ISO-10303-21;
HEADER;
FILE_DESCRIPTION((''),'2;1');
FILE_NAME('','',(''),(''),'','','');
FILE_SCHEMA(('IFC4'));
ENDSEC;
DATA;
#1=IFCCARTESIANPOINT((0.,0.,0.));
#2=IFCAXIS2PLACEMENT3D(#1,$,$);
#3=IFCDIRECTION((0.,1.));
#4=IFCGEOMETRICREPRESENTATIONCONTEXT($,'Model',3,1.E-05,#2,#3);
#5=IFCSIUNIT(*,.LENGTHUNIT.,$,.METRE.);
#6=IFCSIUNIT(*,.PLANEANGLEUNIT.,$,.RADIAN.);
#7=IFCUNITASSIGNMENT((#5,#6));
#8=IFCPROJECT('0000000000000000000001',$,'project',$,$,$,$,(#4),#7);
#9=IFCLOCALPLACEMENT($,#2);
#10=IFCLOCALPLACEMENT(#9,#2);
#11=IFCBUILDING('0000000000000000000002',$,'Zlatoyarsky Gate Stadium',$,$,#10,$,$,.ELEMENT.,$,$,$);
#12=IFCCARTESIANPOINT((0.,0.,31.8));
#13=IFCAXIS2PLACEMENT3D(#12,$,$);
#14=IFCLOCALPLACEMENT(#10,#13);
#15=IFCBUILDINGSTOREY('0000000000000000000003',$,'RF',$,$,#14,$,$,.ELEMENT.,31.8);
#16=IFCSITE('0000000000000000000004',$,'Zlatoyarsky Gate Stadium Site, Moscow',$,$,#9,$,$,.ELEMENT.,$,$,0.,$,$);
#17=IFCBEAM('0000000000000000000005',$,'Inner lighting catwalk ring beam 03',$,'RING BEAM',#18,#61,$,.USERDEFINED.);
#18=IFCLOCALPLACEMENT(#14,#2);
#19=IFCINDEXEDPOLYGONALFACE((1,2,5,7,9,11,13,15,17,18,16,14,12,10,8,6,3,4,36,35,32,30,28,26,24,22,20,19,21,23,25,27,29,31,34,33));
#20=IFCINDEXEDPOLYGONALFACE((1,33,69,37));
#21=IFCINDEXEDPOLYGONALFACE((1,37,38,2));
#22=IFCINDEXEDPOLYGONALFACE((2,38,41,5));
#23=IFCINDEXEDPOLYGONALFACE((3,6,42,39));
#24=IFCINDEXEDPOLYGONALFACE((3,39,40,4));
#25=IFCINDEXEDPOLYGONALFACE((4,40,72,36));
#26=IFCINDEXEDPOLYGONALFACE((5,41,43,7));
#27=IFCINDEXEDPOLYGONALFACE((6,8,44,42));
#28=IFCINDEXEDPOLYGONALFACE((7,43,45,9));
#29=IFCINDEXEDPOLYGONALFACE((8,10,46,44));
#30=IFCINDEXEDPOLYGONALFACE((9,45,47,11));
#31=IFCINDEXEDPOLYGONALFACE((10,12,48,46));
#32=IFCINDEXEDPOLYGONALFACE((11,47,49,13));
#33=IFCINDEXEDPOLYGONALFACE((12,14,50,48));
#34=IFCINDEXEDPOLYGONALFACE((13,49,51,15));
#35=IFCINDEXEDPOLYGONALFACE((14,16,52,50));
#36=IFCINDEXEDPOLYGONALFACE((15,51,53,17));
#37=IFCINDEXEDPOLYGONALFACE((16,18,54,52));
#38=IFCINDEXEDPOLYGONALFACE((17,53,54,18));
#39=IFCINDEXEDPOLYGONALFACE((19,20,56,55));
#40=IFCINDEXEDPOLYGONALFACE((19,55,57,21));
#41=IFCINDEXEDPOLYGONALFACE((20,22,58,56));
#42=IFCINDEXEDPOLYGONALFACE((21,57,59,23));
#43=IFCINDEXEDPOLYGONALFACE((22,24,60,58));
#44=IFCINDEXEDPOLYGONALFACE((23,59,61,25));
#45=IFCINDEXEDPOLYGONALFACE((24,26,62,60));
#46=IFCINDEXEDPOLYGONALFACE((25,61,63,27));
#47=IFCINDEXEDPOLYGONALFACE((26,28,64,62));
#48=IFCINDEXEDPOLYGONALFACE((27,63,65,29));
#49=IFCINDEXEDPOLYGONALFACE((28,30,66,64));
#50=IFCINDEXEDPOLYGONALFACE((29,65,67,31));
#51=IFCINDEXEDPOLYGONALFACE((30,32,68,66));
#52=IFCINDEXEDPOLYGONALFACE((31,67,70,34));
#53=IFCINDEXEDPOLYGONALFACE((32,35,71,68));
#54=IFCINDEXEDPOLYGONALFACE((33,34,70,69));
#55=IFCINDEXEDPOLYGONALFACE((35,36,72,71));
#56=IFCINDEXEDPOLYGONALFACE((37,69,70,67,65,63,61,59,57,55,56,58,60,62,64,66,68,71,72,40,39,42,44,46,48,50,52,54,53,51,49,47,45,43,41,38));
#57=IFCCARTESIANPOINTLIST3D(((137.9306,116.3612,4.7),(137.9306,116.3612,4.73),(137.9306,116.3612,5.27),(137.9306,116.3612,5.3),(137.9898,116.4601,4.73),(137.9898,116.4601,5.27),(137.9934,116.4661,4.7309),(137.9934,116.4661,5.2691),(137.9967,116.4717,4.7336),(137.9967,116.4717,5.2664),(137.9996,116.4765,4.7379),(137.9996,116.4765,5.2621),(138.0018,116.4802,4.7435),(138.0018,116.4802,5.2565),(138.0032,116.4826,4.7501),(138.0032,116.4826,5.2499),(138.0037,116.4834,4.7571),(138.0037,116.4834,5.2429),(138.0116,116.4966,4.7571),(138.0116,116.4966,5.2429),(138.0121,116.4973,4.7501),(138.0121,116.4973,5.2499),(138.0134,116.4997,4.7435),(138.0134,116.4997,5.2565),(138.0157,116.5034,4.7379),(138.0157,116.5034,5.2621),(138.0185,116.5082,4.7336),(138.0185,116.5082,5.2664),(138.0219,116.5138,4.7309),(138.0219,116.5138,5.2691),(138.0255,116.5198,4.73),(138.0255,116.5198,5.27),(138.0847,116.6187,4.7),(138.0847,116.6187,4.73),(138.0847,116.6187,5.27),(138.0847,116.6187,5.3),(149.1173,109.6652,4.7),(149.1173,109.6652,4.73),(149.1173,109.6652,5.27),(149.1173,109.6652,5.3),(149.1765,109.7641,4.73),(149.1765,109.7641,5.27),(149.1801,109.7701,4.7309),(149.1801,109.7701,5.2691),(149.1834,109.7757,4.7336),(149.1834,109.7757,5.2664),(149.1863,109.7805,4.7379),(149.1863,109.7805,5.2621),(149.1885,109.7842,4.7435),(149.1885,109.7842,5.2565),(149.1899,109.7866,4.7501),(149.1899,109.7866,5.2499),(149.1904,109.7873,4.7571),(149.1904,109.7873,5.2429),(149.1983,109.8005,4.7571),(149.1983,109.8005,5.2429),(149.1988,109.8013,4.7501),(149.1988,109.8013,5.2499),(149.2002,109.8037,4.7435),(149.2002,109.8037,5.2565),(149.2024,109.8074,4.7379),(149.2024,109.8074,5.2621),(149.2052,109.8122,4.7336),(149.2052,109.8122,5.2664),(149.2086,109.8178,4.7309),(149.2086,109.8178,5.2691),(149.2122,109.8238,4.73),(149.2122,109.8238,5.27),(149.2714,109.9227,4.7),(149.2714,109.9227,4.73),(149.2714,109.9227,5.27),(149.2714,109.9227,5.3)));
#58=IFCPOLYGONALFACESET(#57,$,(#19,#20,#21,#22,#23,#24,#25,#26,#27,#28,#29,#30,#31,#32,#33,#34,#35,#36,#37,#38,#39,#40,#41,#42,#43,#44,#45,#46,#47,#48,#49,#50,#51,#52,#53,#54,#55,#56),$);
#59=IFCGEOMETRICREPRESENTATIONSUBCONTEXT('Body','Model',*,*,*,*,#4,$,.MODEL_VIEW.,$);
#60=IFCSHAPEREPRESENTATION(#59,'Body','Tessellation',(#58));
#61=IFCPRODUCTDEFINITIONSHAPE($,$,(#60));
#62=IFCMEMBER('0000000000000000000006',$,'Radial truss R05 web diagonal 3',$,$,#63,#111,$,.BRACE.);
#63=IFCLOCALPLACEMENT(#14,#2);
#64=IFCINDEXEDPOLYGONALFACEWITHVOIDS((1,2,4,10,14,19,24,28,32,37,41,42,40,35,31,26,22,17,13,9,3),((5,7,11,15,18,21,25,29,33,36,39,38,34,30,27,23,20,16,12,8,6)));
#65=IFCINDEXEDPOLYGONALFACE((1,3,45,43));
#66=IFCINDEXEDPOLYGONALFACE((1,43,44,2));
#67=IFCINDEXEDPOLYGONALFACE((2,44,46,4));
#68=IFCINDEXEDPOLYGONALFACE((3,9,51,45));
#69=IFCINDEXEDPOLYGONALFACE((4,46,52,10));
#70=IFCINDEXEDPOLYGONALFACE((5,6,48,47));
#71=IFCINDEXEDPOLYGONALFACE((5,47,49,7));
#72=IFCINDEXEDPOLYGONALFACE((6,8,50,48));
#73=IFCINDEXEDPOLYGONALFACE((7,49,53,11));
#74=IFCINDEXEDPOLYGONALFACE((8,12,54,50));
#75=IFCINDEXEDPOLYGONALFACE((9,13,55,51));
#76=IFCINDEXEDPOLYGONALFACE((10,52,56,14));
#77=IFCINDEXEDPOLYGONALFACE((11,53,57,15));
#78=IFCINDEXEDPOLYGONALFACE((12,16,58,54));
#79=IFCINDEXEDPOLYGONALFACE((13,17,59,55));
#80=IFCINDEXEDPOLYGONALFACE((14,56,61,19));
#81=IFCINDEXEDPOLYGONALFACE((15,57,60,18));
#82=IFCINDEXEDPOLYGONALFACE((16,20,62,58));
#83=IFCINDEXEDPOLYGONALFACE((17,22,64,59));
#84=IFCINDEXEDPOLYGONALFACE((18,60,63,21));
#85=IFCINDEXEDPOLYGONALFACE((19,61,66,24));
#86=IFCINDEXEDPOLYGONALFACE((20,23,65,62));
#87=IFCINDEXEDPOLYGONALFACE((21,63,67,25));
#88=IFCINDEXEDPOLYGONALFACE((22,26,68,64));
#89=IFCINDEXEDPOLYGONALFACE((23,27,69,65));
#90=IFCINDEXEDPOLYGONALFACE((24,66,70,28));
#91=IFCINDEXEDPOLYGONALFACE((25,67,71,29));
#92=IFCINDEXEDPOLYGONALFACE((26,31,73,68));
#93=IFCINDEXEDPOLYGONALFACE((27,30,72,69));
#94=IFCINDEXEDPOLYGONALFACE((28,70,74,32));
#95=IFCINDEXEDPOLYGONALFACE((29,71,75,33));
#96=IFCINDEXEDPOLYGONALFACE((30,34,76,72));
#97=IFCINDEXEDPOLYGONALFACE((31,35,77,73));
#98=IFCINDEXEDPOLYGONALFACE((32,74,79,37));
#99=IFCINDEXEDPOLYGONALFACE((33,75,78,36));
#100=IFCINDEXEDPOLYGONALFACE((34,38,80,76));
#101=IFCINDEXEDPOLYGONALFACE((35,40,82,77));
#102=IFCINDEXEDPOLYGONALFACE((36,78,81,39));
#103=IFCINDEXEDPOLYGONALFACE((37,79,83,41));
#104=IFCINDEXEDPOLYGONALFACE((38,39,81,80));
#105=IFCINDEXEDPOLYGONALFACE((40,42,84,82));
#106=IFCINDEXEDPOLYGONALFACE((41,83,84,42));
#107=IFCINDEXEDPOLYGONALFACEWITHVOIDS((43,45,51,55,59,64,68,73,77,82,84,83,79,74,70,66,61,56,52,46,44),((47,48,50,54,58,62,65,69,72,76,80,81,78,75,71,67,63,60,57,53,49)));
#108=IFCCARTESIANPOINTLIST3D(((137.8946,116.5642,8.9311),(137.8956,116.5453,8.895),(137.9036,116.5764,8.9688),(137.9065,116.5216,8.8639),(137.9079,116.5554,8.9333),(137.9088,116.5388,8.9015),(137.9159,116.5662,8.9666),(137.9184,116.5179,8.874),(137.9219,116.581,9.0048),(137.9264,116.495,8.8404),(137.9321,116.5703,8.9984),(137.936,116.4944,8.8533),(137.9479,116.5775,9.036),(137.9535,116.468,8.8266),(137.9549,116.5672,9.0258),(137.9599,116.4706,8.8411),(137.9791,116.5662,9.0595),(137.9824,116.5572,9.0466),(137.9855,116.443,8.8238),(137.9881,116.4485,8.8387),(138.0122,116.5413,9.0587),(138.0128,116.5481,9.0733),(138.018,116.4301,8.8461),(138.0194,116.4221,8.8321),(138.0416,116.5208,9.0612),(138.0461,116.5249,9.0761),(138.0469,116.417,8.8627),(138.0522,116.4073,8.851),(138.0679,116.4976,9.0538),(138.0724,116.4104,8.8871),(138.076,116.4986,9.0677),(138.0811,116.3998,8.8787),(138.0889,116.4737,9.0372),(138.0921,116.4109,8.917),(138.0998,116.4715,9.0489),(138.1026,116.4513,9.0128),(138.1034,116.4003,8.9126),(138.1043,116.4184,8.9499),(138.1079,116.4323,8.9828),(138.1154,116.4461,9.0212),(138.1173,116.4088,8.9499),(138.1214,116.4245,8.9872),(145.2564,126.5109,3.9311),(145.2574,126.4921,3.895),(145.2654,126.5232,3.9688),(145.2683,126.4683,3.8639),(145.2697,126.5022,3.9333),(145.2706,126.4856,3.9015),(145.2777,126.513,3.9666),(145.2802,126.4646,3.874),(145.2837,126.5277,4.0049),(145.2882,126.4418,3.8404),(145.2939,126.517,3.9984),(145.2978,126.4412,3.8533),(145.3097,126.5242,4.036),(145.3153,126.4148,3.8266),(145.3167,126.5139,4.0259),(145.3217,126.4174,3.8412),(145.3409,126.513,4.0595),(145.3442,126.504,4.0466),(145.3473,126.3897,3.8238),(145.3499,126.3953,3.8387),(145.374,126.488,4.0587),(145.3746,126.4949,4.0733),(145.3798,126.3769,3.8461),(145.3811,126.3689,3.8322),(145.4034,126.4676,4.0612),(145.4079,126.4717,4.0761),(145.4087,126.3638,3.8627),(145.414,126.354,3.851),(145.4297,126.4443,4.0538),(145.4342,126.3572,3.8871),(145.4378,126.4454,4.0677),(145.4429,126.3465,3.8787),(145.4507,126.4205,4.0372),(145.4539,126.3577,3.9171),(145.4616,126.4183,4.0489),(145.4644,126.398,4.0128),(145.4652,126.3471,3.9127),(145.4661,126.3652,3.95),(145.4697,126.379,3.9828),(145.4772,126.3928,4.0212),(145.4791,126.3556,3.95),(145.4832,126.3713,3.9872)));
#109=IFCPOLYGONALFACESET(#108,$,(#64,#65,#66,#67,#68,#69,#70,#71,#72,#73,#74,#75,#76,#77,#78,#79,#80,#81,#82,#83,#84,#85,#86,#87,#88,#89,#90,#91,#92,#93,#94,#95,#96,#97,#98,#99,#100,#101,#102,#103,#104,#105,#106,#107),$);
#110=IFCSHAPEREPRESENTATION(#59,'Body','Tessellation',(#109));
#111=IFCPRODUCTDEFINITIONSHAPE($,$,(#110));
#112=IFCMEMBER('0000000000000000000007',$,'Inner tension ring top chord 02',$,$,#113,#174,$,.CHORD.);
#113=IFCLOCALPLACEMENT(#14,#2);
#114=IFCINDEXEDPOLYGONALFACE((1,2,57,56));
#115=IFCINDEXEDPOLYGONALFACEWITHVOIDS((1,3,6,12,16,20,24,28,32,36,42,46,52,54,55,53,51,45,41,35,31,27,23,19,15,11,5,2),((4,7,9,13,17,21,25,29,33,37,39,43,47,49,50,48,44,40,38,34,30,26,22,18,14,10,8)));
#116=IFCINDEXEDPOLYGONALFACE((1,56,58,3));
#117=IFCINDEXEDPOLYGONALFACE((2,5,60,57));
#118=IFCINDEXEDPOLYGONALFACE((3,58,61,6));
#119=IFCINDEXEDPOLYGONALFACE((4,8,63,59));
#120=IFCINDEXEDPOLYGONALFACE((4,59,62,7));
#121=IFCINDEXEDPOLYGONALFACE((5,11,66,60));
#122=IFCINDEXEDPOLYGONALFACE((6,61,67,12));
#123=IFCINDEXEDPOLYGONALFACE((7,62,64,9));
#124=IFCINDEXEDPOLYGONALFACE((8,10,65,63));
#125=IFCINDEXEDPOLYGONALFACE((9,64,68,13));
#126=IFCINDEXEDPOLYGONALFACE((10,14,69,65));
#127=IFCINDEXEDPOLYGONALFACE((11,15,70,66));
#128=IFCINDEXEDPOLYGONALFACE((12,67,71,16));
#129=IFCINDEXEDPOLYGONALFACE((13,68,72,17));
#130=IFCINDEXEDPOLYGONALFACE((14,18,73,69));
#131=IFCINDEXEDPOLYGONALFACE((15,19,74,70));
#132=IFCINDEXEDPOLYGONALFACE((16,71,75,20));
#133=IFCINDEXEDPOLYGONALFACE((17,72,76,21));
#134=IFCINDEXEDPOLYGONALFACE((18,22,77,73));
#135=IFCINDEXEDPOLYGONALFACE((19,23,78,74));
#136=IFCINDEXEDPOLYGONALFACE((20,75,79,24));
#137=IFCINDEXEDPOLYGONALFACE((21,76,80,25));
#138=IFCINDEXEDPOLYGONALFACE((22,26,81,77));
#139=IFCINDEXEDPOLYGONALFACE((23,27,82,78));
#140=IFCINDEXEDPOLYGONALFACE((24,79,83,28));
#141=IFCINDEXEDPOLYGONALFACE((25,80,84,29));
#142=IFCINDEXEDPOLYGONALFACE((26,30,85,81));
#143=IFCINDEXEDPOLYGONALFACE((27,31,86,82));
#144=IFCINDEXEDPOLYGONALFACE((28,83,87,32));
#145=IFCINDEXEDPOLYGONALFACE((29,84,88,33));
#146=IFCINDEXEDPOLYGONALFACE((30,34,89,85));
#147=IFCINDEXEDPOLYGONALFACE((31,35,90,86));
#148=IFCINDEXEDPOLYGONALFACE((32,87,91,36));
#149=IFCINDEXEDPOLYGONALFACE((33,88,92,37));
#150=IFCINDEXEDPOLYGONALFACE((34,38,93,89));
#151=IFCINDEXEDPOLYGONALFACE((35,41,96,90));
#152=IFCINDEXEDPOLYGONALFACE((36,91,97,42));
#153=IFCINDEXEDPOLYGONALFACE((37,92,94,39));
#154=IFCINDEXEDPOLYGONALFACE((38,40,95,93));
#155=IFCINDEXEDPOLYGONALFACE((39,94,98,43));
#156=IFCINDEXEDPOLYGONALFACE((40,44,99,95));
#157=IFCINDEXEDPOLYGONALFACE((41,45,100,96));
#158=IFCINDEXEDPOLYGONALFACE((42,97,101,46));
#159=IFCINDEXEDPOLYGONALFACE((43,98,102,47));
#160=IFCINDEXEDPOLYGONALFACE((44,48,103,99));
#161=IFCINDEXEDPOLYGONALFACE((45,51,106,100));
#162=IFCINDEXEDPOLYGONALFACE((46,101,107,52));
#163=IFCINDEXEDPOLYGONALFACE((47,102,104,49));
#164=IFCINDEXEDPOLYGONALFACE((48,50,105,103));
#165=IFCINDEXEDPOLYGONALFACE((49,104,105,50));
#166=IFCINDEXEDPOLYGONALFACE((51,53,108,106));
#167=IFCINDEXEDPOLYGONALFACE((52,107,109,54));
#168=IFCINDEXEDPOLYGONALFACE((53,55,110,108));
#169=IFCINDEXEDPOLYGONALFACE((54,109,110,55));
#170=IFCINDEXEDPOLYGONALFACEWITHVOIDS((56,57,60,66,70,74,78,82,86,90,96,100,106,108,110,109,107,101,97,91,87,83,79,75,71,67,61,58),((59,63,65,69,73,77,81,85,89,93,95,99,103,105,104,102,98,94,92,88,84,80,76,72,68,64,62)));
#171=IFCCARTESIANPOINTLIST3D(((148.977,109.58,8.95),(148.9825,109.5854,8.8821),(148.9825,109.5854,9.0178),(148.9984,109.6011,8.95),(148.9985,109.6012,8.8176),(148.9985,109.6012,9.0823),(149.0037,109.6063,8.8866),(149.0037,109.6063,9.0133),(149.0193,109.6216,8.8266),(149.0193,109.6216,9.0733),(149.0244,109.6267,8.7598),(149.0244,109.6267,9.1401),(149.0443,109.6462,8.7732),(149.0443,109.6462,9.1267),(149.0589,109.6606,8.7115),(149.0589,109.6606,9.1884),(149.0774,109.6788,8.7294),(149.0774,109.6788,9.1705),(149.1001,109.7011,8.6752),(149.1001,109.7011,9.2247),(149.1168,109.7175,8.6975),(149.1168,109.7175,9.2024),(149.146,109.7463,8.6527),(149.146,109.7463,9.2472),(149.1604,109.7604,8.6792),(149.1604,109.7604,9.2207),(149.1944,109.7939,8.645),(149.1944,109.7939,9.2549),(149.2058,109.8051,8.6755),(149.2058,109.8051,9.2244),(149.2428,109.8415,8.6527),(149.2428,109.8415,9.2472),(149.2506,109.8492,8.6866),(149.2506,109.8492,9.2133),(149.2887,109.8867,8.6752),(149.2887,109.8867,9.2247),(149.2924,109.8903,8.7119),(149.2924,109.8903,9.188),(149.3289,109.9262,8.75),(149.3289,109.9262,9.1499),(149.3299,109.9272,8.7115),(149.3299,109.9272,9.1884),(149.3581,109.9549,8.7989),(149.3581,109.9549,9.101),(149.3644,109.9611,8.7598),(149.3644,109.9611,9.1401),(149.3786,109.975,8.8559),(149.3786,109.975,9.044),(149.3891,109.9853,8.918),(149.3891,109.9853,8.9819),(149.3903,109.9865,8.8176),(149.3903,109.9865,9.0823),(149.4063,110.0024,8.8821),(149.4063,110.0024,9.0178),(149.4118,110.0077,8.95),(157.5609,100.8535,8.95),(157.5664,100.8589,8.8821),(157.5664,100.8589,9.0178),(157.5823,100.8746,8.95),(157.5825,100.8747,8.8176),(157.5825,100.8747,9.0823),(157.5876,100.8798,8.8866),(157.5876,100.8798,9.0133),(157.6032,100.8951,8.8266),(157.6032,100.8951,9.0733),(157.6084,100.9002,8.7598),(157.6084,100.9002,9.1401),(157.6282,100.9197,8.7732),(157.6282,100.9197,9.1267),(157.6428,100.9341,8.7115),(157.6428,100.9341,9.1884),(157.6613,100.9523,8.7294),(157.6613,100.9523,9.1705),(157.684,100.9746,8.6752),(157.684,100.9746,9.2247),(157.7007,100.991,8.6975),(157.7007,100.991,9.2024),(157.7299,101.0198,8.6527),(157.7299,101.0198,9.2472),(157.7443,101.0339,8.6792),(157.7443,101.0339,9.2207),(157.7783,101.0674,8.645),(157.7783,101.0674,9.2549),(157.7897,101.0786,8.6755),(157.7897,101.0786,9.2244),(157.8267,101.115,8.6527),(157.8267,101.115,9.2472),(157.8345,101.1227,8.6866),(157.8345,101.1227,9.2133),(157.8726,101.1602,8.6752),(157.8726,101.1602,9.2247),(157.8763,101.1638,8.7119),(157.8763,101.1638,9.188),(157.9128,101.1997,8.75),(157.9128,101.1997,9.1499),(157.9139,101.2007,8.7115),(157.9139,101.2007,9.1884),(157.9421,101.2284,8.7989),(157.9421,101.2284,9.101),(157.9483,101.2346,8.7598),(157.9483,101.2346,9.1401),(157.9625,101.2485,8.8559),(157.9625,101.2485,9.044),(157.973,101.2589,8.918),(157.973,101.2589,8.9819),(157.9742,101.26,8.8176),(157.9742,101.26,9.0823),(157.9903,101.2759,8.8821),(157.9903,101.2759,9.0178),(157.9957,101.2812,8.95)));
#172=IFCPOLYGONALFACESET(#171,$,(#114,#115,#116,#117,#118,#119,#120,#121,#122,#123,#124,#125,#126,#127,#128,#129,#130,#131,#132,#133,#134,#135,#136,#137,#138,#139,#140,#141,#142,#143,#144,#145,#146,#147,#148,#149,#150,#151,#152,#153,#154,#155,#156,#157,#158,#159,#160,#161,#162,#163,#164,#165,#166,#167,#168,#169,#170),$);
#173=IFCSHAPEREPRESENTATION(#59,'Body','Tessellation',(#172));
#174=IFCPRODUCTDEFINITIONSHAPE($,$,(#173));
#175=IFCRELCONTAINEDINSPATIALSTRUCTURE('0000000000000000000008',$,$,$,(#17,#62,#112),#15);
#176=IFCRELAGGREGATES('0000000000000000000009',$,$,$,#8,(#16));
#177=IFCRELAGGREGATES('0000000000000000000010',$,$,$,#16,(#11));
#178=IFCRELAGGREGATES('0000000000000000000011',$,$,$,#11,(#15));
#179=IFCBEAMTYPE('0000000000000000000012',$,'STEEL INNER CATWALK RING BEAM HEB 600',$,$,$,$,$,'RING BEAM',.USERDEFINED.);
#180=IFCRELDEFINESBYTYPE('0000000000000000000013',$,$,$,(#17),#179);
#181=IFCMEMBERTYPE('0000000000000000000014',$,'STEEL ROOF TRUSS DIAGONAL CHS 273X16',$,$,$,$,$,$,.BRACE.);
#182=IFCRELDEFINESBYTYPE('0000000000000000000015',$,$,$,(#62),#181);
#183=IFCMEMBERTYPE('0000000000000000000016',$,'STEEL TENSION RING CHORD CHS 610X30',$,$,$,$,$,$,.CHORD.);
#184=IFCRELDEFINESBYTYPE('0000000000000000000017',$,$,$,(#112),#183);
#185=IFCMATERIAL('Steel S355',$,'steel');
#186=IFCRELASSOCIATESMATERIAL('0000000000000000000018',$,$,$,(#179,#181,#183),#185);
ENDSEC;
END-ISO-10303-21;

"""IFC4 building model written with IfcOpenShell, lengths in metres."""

from ifc_helpers import new_model, si_unit, direction, frame, origin, origin_2d, place, context, subcontext, project, spatial, hollow_circle, i_section, extrude, material, material_profile, profile_set, type_object, element, save


model = new_model("IFC4")

# Units and contexts
model_context = context("Model", 3, precision=1e-05, world=origin(), true_north=direction((0.0, 1.0)))
body_context = subcontext(model_context, "Body", "Model", "MODEL_VIEW")
ifc_project = project(units=[si_unit("LENGTHUNIT", "METRE"), si_unit("PLANEANGLEUNIT", "RADIAN")], contexts=[model_context])

# Site, building, storey
site_placement = place(None, origin())
site = spatial("IfcSite", under=ifc_project, at=site_placement, Name="Zlatoyarsky Gate Stadium Site, Moscow", CompositionType="ELEMENT", RefElevation=0.0)
building_placement = place(site_placement, origin())
building = spatial("IfcBuilding", under=site, at=building_placement, Name="Zlatoyarsky Gate Stadium", CompositionType="ELEMENT")
storey_placement = place(building_placement, frame((0.0, 0.0, 31.8)))
storey = spatial("IfcBuildingStorey", under=building, at=storey_placement, Name="RF", CompositionType="ELEMENT", Elevation=31.8)

# Shared definitions
ifc_material_1 = material(Name="Steel S355", Category="steel")

# Beam
ifc_material_profile_1 = material_profile(ifc_material_1, i_section(OverallWidth=0.3, OverallDepth=0.6001, WebThickness=0.0154, FlangeThickness=0.03, FilletRadius=0.0271, at=origin_2d()), Name="HEB 600")
ifc_profile_set_1 = profile_set([ifc_material_profile_1], Name="Steel S355")
beam_type = type_object("IfcBeamType", Name="STEEL INNER CATWALK RING BEAM HEB 600", ElementType="RING BEAM", PredefinedType="USERDEFINED", material=ifc_profile_set_1)
beam_placement = place(storey_placement, frame((149.1943, 109.7939, 5.0), z_axis=(-0.858034, 0.513592, 0.0), x_axis=(-0.513592, -0.858034, 0.0)))
element("IfcBeam", 1, at=beam_placement, inside=storey, type_object=beam_type, Name="Inner lighting catwalk ring beam 03", ObjectType="RING BEAM", PredefinedType="USERDEFINED", context=body_context, shape_type="SweptSolid", body=[
    extrude(i_section(OverallWidth=0.3, OverallDepth=0.6001, WebThickness=0.0154, FlangeThickness=0.03, FilletRadius=0.0271, at=origin_2d()), origin(), (0.0, 0.0, 1.0), 13.0376),
])

# Members
ifc_material_profile_2 = material_profile(ifc_material_1, hollow_circle(Radius=0.1365, WallThickness=0.0161, at=origin_2d()), Name="CHS 273X16")
ifc_profile_set_2 = profile_set([ifc_material_profile_2], Name="Steel S355")
member_type_1 = type_object("IfcMemberType", Name="STEEL ROOF TRUSS DIAGONAL CHS 273X16", PredefinedType="BRACE", material=ifc_profile_set_2)
member_1_placement = place(storey_placement, frame((145.3694, 126.4368, 3.95), z_axis=(-0.551583, -0.745261, 0.374624), x_axis=(0.803795, -0.594906, 0.0)))
element("IfcMember", 2, at=member_1_placement, inside=storey, type_object=member_type_1, Name="Radial truss R05 web diagonal 3", PredefinedType="BRACE", context=body_context, shape_type="SweptSolid", body=[
    extrude(hollow_circle(Radius=0.1365, WallThickness=0.0161, at=origin_2d()), origin(), (0.0, 0.0, 1.0), 13.3467),
])
ifc_material_profile_3 = material_profile(ifc_material_1, hollow_circle(Radius=0.3049, WallThickness=0.03, at=origin_2d()), Name="CHS 610X30")
ifc_profile_set_3 = profile_set([ifc_material_profile_3], Name="Steel S355")
member_type_2 = type_object("IfcMemberType", Name="STEEL TENSION RING CHORD CHS 610X30", PredefinedType="CHORD", material=ifc_profile_set_3)
member_2_placement = place(storey_placement, frame((157.7783, 101.0674, 8.95), z_axis=(-0.701259, 0.712907, 0.0), x_axis=(-0.712907, -0.701259, 0.0)))
element("IfcMember", 3, at=member_2_placement, inside=storey, type_object=member_type_2, Name="Inner tension ring top chord 02", PredefinedType="CHORD", context=body_context, shape_type="SweptSolid", body=[
    extrude(hollow_circle(Radius=0.3049, WallThickness=0.03, at=origin_2d()), origin(), (0.0, 0.0, 1.0), 12.2407),
])

save(model, "model.ifc")
